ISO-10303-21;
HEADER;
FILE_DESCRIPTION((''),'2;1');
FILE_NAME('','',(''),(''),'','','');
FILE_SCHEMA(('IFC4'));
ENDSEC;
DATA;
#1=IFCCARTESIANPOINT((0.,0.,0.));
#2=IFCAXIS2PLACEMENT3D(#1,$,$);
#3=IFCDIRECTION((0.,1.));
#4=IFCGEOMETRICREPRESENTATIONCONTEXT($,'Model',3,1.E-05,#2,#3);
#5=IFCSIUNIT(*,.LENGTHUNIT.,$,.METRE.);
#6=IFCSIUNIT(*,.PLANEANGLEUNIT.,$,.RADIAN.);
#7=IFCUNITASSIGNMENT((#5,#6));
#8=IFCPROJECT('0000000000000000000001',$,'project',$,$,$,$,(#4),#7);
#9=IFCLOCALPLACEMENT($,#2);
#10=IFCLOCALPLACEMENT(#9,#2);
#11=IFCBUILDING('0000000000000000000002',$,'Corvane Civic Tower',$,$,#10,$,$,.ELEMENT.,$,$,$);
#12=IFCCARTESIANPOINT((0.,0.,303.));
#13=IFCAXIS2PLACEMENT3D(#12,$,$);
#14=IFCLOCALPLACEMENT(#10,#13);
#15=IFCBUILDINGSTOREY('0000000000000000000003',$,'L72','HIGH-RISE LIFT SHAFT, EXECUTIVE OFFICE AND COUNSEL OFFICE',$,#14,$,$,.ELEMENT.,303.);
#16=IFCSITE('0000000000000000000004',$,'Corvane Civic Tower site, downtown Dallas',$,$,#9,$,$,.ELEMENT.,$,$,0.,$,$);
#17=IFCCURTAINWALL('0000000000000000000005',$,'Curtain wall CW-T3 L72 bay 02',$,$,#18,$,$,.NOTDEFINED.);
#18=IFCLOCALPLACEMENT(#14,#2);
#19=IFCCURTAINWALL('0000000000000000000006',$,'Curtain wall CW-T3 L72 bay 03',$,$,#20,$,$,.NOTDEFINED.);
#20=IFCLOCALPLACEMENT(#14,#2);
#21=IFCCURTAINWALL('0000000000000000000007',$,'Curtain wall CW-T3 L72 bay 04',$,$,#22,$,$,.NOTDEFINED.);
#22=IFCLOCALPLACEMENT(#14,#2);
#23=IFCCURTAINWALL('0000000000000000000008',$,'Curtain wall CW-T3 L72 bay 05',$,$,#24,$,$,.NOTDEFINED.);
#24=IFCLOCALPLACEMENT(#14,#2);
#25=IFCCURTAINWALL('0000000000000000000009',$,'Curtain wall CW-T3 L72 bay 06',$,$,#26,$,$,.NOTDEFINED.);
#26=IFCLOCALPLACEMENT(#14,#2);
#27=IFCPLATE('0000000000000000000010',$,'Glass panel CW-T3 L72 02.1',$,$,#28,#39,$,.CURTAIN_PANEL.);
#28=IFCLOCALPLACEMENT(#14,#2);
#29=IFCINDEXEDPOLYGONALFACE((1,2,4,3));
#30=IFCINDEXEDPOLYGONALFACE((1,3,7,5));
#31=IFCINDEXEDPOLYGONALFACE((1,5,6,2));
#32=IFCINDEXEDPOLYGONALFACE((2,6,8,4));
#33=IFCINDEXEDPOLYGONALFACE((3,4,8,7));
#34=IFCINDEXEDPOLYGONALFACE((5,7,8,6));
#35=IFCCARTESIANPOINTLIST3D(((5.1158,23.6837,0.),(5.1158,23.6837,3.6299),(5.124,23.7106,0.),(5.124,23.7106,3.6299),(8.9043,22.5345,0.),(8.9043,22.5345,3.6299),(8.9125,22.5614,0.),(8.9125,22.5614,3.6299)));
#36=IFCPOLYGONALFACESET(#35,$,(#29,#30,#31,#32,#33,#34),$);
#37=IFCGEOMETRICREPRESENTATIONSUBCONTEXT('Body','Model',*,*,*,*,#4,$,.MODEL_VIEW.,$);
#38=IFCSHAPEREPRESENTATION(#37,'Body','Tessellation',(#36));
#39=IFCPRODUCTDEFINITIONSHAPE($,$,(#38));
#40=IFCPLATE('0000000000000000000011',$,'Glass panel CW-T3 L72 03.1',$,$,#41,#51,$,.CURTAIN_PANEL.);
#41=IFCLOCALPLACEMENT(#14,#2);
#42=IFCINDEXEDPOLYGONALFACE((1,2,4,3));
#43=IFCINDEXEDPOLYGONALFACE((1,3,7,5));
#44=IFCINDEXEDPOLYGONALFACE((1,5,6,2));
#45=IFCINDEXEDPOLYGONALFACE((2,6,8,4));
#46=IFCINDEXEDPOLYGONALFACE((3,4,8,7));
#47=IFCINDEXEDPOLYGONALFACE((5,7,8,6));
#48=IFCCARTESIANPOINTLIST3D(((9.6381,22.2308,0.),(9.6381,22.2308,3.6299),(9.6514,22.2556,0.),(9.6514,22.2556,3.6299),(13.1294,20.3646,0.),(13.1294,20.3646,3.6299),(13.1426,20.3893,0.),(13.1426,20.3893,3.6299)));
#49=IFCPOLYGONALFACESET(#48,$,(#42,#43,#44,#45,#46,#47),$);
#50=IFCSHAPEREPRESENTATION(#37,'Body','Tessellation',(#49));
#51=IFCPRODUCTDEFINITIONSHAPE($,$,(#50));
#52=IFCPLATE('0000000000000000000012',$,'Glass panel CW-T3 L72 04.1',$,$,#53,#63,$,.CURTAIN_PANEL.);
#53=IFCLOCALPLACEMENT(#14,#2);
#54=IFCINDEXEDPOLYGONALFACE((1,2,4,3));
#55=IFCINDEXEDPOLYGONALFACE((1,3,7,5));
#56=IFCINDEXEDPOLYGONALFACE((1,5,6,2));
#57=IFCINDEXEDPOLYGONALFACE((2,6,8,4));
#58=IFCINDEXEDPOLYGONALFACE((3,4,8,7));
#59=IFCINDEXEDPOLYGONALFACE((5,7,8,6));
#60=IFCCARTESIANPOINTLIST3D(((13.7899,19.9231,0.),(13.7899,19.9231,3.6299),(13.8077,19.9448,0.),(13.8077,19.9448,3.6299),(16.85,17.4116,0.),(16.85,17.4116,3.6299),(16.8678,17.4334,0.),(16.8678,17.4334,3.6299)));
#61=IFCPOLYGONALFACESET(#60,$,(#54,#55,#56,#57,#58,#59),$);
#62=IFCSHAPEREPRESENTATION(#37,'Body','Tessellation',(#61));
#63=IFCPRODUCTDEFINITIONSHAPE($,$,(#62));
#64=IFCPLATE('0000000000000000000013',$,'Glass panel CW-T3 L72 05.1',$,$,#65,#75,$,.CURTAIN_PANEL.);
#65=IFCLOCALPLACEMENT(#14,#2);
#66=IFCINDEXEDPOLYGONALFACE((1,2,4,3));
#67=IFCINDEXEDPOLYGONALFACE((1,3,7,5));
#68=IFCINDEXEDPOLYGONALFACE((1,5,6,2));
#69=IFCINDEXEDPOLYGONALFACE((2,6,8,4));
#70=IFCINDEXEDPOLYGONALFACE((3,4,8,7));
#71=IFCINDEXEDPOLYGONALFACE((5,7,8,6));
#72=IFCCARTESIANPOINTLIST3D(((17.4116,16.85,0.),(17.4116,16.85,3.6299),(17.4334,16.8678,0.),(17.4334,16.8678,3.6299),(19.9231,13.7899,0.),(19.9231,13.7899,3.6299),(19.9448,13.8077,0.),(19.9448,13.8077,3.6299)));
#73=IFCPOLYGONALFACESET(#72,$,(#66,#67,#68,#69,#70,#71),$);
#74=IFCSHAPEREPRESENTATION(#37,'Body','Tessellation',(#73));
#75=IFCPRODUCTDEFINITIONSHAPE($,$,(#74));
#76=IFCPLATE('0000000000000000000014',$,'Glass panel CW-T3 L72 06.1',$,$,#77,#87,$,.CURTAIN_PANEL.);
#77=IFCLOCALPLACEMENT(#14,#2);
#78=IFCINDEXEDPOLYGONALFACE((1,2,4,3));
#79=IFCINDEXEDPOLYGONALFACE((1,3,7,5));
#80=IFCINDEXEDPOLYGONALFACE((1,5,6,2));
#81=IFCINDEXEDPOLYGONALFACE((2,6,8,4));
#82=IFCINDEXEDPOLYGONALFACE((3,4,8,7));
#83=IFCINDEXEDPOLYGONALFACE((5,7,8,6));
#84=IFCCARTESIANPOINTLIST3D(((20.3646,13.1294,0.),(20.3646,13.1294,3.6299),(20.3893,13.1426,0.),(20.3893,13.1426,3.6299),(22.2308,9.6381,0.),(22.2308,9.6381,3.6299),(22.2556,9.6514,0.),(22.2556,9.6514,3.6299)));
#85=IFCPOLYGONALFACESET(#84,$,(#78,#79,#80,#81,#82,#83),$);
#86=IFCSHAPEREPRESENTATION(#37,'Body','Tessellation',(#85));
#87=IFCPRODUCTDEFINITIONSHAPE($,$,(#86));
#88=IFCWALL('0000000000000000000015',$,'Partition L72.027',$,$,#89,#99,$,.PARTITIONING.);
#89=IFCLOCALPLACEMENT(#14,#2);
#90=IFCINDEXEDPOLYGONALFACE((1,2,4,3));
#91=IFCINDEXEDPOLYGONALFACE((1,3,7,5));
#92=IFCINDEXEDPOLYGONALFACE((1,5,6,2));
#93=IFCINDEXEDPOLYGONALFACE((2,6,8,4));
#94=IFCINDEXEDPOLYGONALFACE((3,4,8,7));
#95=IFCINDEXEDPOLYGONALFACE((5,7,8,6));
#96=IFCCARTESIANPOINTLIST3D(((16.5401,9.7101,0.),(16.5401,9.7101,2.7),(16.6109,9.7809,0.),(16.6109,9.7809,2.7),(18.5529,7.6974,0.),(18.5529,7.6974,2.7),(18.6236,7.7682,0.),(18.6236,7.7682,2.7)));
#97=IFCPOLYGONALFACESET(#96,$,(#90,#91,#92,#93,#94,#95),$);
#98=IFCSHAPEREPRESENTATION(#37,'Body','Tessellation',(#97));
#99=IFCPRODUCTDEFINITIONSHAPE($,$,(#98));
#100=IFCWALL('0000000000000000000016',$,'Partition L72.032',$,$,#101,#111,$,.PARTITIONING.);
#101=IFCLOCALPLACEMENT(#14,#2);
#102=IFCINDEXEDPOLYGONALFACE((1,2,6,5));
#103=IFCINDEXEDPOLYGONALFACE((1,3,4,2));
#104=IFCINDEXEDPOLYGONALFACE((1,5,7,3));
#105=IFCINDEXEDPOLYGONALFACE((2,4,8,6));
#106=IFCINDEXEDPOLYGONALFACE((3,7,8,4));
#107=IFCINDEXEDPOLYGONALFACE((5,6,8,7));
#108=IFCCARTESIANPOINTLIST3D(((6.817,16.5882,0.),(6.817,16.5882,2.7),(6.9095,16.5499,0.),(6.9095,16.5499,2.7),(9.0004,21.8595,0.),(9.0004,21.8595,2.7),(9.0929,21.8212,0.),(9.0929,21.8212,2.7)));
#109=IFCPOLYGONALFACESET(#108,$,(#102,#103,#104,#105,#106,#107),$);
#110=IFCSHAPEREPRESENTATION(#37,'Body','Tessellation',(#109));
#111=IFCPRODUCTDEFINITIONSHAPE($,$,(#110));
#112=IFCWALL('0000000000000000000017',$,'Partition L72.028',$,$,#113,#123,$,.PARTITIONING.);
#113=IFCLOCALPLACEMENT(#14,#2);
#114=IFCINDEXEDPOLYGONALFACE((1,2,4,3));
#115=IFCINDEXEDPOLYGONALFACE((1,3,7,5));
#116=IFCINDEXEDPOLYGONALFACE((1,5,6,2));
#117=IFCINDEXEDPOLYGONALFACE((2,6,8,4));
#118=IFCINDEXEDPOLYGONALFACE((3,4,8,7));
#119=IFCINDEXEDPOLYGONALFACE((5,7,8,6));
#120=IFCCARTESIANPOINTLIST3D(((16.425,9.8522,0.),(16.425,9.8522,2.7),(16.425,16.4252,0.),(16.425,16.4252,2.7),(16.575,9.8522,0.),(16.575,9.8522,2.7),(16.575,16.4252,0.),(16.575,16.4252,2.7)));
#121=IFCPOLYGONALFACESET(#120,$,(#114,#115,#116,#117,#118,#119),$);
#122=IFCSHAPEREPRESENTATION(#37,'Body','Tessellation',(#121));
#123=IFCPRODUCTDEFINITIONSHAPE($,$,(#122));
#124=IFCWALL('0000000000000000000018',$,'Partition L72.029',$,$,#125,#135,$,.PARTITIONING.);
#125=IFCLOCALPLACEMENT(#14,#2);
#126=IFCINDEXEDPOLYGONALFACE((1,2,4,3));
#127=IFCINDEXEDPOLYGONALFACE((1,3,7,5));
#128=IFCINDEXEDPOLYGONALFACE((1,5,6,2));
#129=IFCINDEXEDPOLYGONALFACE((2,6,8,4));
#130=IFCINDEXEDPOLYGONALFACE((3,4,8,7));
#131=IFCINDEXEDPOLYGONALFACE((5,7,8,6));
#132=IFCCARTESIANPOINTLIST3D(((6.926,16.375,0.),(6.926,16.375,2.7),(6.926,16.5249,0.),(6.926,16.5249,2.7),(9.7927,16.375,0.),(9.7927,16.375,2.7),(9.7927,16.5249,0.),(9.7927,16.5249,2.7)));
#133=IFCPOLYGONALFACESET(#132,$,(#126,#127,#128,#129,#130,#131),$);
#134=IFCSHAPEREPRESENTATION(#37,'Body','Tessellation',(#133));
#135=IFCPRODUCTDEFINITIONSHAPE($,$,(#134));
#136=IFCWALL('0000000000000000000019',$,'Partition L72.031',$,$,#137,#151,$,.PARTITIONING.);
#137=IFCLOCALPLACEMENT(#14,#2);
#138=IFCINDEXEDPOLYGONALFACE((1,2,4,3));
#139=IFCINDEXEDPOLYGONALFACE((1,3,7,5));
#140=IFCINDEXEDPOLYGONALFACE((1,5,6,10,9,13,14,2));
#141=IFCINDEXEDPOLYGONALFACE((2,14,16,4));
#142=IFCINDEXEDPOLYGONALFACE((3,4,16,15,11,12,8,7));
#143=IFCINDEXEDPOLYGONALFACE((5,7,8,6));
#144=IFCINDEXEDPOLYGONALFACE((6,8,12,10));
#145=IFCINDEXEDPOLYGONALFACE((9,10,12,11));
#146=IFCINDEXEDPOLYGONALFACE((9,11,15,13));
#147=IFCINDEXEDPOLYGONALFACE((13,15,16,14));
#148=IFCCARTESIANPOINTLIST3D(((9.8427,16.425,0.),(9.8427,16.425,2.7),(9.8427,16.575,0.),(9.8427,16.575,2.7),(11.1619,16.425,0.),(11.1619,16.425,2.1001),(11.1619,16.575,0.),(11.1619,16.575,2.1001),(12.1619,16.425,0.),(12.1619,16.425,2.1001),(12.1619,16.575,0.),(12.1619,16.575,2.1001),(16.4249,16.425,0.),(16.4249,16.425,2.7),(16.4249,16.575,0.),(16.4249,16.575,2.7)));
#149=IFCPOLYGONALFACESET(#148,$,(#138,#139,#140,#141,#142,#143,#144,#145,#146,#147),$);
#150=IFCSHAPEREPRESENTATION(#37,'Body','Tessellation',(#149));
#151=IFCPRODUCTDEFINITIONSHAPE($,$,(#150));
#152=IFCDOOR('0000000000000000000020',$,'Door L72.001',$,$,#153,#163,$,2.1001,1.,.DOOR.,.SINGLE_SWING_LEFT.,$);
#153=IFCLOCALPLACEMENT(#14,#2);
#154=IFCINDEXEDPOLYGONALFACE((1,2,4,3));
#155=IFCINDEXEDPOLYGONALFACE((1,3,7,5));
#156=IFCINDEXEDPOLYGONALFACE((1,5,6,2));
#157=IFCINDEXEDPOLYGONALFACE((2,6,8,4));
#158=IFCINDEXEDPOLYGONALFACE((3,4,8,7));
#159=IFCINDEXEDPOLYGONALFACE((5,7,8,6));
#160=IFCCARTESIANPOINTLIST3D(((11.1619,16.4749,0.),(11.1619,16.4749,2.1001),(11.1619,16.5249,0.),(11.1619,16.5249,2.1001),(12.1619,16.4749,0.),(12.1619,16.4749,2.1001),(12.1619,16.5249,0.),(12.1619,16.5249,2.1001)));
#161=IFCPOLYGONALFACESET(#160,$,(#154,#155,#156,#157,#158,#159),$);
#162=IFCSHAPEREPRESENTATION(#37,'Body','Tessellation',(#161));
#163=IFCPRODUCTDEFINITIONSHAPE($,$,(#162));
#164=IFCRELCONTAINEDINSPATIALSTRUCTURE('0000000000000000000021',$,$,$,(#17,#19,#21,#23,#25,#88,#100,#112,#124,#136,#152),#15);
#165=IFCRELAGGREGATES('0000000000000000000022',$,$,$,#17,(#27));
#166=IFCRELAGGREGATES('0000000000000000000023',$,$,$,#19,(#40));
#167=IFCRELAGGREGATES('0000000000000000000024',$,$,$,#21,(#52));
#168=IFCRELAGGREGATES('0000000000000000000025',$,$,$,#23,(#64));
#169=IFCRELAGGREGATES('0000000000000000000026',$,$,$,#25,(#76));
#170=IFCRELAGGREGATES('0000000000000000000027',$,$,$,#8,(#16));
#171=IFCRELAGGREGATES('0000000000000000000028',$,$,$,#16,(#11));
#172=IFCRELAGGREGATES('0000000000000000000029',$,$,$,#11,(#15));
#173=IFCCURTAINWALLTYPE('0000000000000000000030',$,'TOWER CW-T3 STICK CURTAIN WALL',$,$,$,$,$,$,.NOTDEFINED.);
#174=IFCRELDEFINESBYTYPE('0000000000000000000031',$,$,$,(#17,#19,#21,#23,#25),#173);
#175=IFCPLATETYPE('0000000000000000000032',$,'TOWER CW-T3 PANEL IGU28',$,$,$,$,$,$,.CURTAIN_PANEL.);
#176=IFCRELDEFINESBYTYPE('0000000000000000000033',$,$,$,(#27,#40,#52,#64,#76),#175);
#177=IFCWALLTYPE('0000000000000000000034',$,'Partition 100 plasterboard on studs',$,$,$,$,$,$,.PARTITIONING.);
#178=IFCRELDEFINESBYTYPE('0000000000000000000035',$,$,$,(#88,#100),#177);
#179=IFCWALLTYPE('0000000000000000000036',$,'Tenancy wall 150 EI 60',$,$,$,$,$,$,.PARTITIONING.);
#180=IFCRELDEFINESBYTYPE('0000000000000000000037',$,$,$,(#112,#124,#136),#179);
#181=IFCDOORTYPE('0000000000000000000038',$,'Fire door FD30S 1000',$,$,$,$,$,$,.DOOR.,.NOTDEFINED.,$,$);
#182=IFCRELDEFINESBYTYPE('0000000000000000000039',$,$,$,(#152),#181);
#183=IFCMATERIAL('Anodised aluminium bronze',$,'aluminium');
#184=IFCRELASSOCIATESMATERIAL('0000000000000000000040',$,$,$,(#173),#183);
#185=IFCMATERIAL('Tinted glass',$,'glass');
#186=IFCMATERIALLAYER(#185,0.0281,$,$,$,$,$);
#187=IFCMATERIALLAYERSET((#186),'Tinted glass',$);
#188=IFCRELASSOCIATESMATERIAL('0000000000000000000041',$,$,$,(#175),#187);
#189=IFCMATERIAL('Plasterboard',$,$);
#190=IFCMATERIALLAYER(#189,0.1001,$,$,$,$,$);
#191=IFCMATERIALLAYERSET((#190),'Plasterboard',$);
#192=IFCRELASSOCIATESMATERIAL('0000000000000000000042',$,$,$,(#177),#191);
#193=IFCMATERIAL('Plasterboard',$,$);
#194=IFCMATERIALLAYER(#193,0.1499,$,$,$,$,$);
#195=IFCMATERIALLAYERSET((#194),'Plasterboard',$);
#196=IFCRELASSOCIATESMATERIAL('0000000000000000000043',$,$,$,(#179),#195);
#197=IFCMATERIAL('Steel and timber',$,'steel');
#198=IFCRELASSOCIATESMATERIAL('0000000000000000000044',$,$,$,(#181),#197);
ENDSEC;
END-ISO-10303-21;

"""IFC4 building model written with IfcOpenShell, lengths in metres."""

from ifc_helpers import new_model, si_unit, direction, frame, frame_2d, origin, origin_2d, place, context, subcontext, project, spatial, rectangle, extrude, material, layer, layer_set, type_object, element, fill, aggregate, save


model = new_model("IFC4")

# Units and contexts
model_context = context("Model", 3, precision=1e-05, world=origin(), true_north=direction((0.0, 1.0)))
body_context = subcontext(model_context, "Body", "Model", "MODEL_VIEW")
ifc_project = project(units=[si_unit("LENGTHUNIT", "METRE"), si_unit("PLANEANGLEUNIT", "RADIAN")], contexts=[model_context])

# Site, building, storey
site_placement = place(None, origin())
site = spatial("IfcSite", under=ifc_project, at=site_placement, Name="Corvane Civic Tower site, downtown Dallas", CompositionType="ELEMENT", RefElevation=0.0)
building_placement = place(site_placement, origin())
building = spatial("IfcBuilding", under=site, at=building_placement, Name="Corvane Civic Tower", CompositionType="ELEMENT")
storey_placement = place(building_placement, frame((0.0, 0.0, 303.0)))
storey = spatial("IfcBuildingStorey", under=building, at=storey_placement, Name="L72", Description="HIGH-RISE LIFT SHAFT, EXECUTIVE OFFICE AND COUNSEL OFFICE", CompositionType="ELEMENT", Elevation=303.0)

# Curtain walls
ifc_material_1 = material(Name="Anodised aluminium bronze", Category="aluminium")
curtain_wall_type = type_object("IfcCurtainWallType", Name="TOWER CW-T3 STICK CURTAIN WALL", PredefinedType="NOTDEFINED", material=ifc_material_1)
curtain_wall_1_placement = place(storey_placement, origin())
curtain_wall_1 = element("IfcCurtainWall", 1, at=curtain_wall_1_placement, inside=storey, type_object=curtain_wall_type, Name="Curtain wall CW-T3 L72 bay 02", PredefinedType="NOTDEFINED")
curtain_wall_2_placement = place(storey_placement, origin())
curtain_wall_2 = element("IfcCurtainWall", 2, at=curtain_wall_2_placement, inside=storey, type_object=curtain_wall_type, Name="Curtain wall CW-T3 L72 bay 03", PredefinedType="NOTDEFINED")
curtain_wall_3_placement = place(storey_placement, origin())
curtain_wall_3 = element("IfcCurtainWall", 3, at=curtain_wall_3_placement, inside=storey, type_object=curtain_wall_type, Name="Curtain wall CW-T3 L72 bay 04", PredefinedType="NOTDEFINED")
curtain_wall_4_placement = place(storey_placement, origin())
curtain_wall_4 = element("IfcCurtainWall", 4, at=curtain_wall_4_placement, inside=storey, type_object=curtain_wall_type, Name="Curtain wall CW-T3 L72 bay 05", PredefinedType="NOTDEFINED")
curtain_wall_5_placement = place(storey_placement, origin())
curtain_wall_5 = element("IfcCurtainWall", 5, at=curtain_wall_5_placement, inside=storey, type_object=curtain_wall_type, Name="Curtain wall CW-T3 L72 bay 06", PredefinedType="NOTDEFINED")

# Plates
ifc_material_2 = material(Name="Tinted glass", Category="glass")
ifc_layer_1 = layer(ifc_material_2, 0.0281)
ifc_layer_set_1 = layer_set([ifc_layer_1], Name="Tinted glass")
plate_type = type_object("IfcPlateType", Name="TOWER CW-T3 PANEL IGU28", PredefinedType="CURTAIN_PANEL", material=ifc_layer_set_1)
plate_1_placement = place(storey_placement, frame((7.0142, 23.1226, 0.0), z_axis=(0.0, 0.0, 1.0), x_axis=(0.956944, -0.290274, 0.0)))
plate_1 = element("IfcPlate", 6, at=plate_1_placement, type_object=plate_type, Name="Glass panel CW-T3 L72 02.1", PredefinedType="CURTAIN_PANEL", context=body_context, shape_type="SweptSolid", body=[
    extrude(rectangle(XDim=3.959, YDim=0.0281, at=origin_2d()), origin(), (0.0, 0.0, 1.0), 3.6299),
])
aggregate(curtain_wall_1, [plate_1])
plate_2_placement = place(storey_placement, frame((11.3904, 21.3101, 0.0), z_axis=(0.0, 0.0, 1.0), x_axis=(0.881908, -0.471421, 0.0)))
plate_2 = element("IfcPlate", 7, at=plate_2_placement, type_object=plate_type, Name="Glass panel CW-T3 L72 03.1", PredefinedType="CURTAIN_PANEL", context=body_context, shape_type="SweptSolid", body=[
    extrude(rectangle(XDim=3.9587, YDim=0.0281, at=origin_2d()), origin(), (0.0, 0.0, 1.0), 3.6299),
])
aggregate(curtain_wall_2, [plate_2])
plate_3_placement = place(storey_placement, frame((15.3289, 18.6782, 0.0), z_axis=(0.0, 0.0, 1.0), x_axis=(0.773001, -0.634405, 0.0)))
plate_3 = element("IfcPlate", 8, at=plate_3_placement, type_object=plate_type, Name="Glass panel CW-T3 L72 04.1", PredefinedType="CURTAIN_PANEL", context=body_context, shape_type="SweptSolid", body=[
    extrude(rectangle(XDim=3.9587, YDim=0.0281, at=origin_2d()), origin(), (0.0, 0.0, 1.0), 3.6299),
])
aggregate(curtain_wall_3, [plate_3])
plate_4_placement = place(storey_placement, frame((18.6782, 15.3289, 0.0), z_axis=(0.0, 0.0, 1.0), x_axis=(0.634405, -0.773001, 0.0)))
plate_4 = element("IfcPlate", 9, at=plate_4_placement, type_object=plate_type, Name="Glass panel CW-T3 L72 05.1", PredefinedType="CURTAIN_PANEL", context=body_context, shape_type="SweptSolid", body=[
    extrude(rectangle(XDim=3.9587, YDim=0.0281, at=origin_2d()), origin(), (0.0, 0.0, 1.0), 3.6299),
])
aggregate(curtain_wall_4, [plate_4])
plate_5_placement = place(storey_placement, frame((21.3101, 11.3904, 0.0), z_axis=(0.0, 0.0, 1.0), x_axis=(0.471421, -0.881908, 0.0)))
plate_5 = element("IfcPlate", 10, at=plate_5_placement, type_object=plate_type, Name="Glass panel CW-T3 L72 06.1", PredefinedType="CURTAIN_PANEL", context=body_context, shape_type="SweptSolid", body=[
    extrude(rectangle(XDim=3.9587, YDim=0.0281, at=origin_2d()), origin(), (0.0, 0.0, 1.0), 3.6299),
])
aggregate(curtain_wall_5, [plate_5])

# Walls
ifc_material_3 = material(Name="Plasterboard")
ifc_layer_2 = layer(ifc_material_3, 0.1001)
ifc_layer_set_2 = layer_set([ifc_layer_2], Name="Plasterboard")
wall_type_1 = type_object("IfcWallType", Name="Partition 100 plasterboard on studs", PredefinedType="PARTITIONING", material=ifc_layer_set_2)
wall_1_placement = place(storey_placement, frame((16.5754, 9.7456, 0.0), z_axis=(0.0, 0.0, 1.0), x_axis=(0.707107, -0.707107, 0.0)))
element("IfcWall", 11, at=wall_1_placement, inside=storey, type_object=wall_type_1, Name="Partition L72.027", PredefinedType="PARTITIONING", context=body_context, shape_type="SweptSolid", body=[
    extrude(rectangle(XDim=2.8464, YDim=0.1001, at=frame_2d((1.4233, 0.0))), origin(), (0.0, 0.0, 1.0), 2.7),
])
wall_2_placement = place(storey_placement, frame((6.8633, 16.5691, 0.0), z_axis=(0.0, 0.0, 1.0), x_axis=(0.382673, 0.923884, 0.0)))
element("IfcWall", 12, at=wall_2_placement, inside=storey, type_object=wall_type_1, Name="Partition L72.032", PredefinedType="PARTITIONING", context=body_context, shape_type="SweptSolid", body=[
    extrude(rectangle(XDim=5.7056, YDim=0.1001, at=frame_2d((2.8528, 0.0))), origin(), (0.0, 0.0, 1.0), 2.7),
])
ifc_material_4 = material(Name="Plasterboard")
ifc_layer_3 = layer(ifc_material_4, 0.1499)
ifc_layer_set_3 = layer_set([ifc_layer_3], Name="Plasterboard")
wall_type_2 = type_object("IfcWallType", Name="Tenancy wall 150 EI 60", PredefinedType="PARTITIONING", material=ifc_layer_set_3)
wall_3_placement = place(storey_placement, frame((16.5, 9.8521, 0.0), z_axis=(0.0, 0.0, 1.0), x_axis=(0.0, 1.0, 0.0)))
element("IfcWall", 13, at=wall_3_placement, inside=storey, type_object=wall_type_2, Name="Partition L72.028", PredefinedType="PARTITIONING", context=body_context, shape_type="SweptSolid", body=[
    extrude(rectangle(XDim=6.573, YDim=0.1499, at=frame_2d((3.2866, 0.0))), origin(), (0.0, 0.0, 1.0), 2.7),
])
wall_4_placement = place(storey_placement, frame((6.926, 16.45, 0.0), z_axis=(0.0, 0.0, 1.0), x_axis=(1.0, 0.0, 0.0)))
element("IfcWall", 14, at=wall_4_placement, inside=storey, type_object=wall_type_2, Name="Partition L72.029", PredefinedType="PARTITIONING", context=body_context, shape_type="SweptSolid", body=[
    extrude(rectangle(XDim=2.8667, YDim=0.1499, at=frame_2d((1.4333, 0.0))), origin(), (0.0, 0.0, 1.0), 2.7),
])

# Wall, opening, door
wall_5_placement = place(storey_placement, frame((9.8428, 16.5, 0.0), z_axis=(0.0, 0.0, 1.0), x_axis=(1.0, 0.0, 0.0)))
wall_5 = element("IfcWall", 15, at=wall_5_placement, inside=storey, type_object=wall_type_2, Name="Partition L72.031", PredefinedType="PARTITIONING", context=body_context, shape_type="SweptSolid", body=[
    extrude(rectangle(XDim=6.5823, YDim=0.1499, at=frame_2d((3.291, 0.0))), origin(), (0.0, 0.0, 1.0), 2.7),
])
opening_placement = place(wall_5_placement, frame((1.3191, 0.0, 0.0)))
opening = element("IfcOpeningElement", 16, at=opening_placement, cuts=wall_5, PredefinedType="OPENING", context=body_context, shape_type="SweptSolid", body=[
    extrude(rectangle(XDim=1.0, YDim=2.1001, at=frame_2d((0.5, 1.05))), frame((0.0, 0.085, 0.0), z_axis=(0.0, -1.0, 0.0), x_axis=(1.0, 0.0, 0.0)), (0.0, 0.0, 1.0), 0.1699),
])
ifc_material_5 = material(Name="Steel and timber", Category="steel")
door_type = type_object("IfcDoorType", Name="Fire door FD30S 1000", OperationType="NOTDEFINED", PredefinedType="DOOR", material=ifc_material_5)
door_placement = place(opening_placement, origin())
door = element("IfcDoor", 17, at=door_placement, inside=storey, type_object=door_type, Name="Door L72.001", OperationType="SINGLE_SWING_LEFT", OverallHeight=2.1001, OverallWidth=1.0, PredefinedType="DOOR", context=body_context, shape_type="SweptSolid", body=[
    extrude(rectangle(XDim=1.0, YDim=2.1001, at=frame_2d((0.5, 1.05))), frame((0.0, 0.0249, 0.0), z_axis=(0.0, -1.0, 0.0), x_axis=(1.0, 0.0, 0.0)), (0.0, 0.0, 1.0), 0.05),
])
fill(opening, door)

save(model, "model.ifc")
